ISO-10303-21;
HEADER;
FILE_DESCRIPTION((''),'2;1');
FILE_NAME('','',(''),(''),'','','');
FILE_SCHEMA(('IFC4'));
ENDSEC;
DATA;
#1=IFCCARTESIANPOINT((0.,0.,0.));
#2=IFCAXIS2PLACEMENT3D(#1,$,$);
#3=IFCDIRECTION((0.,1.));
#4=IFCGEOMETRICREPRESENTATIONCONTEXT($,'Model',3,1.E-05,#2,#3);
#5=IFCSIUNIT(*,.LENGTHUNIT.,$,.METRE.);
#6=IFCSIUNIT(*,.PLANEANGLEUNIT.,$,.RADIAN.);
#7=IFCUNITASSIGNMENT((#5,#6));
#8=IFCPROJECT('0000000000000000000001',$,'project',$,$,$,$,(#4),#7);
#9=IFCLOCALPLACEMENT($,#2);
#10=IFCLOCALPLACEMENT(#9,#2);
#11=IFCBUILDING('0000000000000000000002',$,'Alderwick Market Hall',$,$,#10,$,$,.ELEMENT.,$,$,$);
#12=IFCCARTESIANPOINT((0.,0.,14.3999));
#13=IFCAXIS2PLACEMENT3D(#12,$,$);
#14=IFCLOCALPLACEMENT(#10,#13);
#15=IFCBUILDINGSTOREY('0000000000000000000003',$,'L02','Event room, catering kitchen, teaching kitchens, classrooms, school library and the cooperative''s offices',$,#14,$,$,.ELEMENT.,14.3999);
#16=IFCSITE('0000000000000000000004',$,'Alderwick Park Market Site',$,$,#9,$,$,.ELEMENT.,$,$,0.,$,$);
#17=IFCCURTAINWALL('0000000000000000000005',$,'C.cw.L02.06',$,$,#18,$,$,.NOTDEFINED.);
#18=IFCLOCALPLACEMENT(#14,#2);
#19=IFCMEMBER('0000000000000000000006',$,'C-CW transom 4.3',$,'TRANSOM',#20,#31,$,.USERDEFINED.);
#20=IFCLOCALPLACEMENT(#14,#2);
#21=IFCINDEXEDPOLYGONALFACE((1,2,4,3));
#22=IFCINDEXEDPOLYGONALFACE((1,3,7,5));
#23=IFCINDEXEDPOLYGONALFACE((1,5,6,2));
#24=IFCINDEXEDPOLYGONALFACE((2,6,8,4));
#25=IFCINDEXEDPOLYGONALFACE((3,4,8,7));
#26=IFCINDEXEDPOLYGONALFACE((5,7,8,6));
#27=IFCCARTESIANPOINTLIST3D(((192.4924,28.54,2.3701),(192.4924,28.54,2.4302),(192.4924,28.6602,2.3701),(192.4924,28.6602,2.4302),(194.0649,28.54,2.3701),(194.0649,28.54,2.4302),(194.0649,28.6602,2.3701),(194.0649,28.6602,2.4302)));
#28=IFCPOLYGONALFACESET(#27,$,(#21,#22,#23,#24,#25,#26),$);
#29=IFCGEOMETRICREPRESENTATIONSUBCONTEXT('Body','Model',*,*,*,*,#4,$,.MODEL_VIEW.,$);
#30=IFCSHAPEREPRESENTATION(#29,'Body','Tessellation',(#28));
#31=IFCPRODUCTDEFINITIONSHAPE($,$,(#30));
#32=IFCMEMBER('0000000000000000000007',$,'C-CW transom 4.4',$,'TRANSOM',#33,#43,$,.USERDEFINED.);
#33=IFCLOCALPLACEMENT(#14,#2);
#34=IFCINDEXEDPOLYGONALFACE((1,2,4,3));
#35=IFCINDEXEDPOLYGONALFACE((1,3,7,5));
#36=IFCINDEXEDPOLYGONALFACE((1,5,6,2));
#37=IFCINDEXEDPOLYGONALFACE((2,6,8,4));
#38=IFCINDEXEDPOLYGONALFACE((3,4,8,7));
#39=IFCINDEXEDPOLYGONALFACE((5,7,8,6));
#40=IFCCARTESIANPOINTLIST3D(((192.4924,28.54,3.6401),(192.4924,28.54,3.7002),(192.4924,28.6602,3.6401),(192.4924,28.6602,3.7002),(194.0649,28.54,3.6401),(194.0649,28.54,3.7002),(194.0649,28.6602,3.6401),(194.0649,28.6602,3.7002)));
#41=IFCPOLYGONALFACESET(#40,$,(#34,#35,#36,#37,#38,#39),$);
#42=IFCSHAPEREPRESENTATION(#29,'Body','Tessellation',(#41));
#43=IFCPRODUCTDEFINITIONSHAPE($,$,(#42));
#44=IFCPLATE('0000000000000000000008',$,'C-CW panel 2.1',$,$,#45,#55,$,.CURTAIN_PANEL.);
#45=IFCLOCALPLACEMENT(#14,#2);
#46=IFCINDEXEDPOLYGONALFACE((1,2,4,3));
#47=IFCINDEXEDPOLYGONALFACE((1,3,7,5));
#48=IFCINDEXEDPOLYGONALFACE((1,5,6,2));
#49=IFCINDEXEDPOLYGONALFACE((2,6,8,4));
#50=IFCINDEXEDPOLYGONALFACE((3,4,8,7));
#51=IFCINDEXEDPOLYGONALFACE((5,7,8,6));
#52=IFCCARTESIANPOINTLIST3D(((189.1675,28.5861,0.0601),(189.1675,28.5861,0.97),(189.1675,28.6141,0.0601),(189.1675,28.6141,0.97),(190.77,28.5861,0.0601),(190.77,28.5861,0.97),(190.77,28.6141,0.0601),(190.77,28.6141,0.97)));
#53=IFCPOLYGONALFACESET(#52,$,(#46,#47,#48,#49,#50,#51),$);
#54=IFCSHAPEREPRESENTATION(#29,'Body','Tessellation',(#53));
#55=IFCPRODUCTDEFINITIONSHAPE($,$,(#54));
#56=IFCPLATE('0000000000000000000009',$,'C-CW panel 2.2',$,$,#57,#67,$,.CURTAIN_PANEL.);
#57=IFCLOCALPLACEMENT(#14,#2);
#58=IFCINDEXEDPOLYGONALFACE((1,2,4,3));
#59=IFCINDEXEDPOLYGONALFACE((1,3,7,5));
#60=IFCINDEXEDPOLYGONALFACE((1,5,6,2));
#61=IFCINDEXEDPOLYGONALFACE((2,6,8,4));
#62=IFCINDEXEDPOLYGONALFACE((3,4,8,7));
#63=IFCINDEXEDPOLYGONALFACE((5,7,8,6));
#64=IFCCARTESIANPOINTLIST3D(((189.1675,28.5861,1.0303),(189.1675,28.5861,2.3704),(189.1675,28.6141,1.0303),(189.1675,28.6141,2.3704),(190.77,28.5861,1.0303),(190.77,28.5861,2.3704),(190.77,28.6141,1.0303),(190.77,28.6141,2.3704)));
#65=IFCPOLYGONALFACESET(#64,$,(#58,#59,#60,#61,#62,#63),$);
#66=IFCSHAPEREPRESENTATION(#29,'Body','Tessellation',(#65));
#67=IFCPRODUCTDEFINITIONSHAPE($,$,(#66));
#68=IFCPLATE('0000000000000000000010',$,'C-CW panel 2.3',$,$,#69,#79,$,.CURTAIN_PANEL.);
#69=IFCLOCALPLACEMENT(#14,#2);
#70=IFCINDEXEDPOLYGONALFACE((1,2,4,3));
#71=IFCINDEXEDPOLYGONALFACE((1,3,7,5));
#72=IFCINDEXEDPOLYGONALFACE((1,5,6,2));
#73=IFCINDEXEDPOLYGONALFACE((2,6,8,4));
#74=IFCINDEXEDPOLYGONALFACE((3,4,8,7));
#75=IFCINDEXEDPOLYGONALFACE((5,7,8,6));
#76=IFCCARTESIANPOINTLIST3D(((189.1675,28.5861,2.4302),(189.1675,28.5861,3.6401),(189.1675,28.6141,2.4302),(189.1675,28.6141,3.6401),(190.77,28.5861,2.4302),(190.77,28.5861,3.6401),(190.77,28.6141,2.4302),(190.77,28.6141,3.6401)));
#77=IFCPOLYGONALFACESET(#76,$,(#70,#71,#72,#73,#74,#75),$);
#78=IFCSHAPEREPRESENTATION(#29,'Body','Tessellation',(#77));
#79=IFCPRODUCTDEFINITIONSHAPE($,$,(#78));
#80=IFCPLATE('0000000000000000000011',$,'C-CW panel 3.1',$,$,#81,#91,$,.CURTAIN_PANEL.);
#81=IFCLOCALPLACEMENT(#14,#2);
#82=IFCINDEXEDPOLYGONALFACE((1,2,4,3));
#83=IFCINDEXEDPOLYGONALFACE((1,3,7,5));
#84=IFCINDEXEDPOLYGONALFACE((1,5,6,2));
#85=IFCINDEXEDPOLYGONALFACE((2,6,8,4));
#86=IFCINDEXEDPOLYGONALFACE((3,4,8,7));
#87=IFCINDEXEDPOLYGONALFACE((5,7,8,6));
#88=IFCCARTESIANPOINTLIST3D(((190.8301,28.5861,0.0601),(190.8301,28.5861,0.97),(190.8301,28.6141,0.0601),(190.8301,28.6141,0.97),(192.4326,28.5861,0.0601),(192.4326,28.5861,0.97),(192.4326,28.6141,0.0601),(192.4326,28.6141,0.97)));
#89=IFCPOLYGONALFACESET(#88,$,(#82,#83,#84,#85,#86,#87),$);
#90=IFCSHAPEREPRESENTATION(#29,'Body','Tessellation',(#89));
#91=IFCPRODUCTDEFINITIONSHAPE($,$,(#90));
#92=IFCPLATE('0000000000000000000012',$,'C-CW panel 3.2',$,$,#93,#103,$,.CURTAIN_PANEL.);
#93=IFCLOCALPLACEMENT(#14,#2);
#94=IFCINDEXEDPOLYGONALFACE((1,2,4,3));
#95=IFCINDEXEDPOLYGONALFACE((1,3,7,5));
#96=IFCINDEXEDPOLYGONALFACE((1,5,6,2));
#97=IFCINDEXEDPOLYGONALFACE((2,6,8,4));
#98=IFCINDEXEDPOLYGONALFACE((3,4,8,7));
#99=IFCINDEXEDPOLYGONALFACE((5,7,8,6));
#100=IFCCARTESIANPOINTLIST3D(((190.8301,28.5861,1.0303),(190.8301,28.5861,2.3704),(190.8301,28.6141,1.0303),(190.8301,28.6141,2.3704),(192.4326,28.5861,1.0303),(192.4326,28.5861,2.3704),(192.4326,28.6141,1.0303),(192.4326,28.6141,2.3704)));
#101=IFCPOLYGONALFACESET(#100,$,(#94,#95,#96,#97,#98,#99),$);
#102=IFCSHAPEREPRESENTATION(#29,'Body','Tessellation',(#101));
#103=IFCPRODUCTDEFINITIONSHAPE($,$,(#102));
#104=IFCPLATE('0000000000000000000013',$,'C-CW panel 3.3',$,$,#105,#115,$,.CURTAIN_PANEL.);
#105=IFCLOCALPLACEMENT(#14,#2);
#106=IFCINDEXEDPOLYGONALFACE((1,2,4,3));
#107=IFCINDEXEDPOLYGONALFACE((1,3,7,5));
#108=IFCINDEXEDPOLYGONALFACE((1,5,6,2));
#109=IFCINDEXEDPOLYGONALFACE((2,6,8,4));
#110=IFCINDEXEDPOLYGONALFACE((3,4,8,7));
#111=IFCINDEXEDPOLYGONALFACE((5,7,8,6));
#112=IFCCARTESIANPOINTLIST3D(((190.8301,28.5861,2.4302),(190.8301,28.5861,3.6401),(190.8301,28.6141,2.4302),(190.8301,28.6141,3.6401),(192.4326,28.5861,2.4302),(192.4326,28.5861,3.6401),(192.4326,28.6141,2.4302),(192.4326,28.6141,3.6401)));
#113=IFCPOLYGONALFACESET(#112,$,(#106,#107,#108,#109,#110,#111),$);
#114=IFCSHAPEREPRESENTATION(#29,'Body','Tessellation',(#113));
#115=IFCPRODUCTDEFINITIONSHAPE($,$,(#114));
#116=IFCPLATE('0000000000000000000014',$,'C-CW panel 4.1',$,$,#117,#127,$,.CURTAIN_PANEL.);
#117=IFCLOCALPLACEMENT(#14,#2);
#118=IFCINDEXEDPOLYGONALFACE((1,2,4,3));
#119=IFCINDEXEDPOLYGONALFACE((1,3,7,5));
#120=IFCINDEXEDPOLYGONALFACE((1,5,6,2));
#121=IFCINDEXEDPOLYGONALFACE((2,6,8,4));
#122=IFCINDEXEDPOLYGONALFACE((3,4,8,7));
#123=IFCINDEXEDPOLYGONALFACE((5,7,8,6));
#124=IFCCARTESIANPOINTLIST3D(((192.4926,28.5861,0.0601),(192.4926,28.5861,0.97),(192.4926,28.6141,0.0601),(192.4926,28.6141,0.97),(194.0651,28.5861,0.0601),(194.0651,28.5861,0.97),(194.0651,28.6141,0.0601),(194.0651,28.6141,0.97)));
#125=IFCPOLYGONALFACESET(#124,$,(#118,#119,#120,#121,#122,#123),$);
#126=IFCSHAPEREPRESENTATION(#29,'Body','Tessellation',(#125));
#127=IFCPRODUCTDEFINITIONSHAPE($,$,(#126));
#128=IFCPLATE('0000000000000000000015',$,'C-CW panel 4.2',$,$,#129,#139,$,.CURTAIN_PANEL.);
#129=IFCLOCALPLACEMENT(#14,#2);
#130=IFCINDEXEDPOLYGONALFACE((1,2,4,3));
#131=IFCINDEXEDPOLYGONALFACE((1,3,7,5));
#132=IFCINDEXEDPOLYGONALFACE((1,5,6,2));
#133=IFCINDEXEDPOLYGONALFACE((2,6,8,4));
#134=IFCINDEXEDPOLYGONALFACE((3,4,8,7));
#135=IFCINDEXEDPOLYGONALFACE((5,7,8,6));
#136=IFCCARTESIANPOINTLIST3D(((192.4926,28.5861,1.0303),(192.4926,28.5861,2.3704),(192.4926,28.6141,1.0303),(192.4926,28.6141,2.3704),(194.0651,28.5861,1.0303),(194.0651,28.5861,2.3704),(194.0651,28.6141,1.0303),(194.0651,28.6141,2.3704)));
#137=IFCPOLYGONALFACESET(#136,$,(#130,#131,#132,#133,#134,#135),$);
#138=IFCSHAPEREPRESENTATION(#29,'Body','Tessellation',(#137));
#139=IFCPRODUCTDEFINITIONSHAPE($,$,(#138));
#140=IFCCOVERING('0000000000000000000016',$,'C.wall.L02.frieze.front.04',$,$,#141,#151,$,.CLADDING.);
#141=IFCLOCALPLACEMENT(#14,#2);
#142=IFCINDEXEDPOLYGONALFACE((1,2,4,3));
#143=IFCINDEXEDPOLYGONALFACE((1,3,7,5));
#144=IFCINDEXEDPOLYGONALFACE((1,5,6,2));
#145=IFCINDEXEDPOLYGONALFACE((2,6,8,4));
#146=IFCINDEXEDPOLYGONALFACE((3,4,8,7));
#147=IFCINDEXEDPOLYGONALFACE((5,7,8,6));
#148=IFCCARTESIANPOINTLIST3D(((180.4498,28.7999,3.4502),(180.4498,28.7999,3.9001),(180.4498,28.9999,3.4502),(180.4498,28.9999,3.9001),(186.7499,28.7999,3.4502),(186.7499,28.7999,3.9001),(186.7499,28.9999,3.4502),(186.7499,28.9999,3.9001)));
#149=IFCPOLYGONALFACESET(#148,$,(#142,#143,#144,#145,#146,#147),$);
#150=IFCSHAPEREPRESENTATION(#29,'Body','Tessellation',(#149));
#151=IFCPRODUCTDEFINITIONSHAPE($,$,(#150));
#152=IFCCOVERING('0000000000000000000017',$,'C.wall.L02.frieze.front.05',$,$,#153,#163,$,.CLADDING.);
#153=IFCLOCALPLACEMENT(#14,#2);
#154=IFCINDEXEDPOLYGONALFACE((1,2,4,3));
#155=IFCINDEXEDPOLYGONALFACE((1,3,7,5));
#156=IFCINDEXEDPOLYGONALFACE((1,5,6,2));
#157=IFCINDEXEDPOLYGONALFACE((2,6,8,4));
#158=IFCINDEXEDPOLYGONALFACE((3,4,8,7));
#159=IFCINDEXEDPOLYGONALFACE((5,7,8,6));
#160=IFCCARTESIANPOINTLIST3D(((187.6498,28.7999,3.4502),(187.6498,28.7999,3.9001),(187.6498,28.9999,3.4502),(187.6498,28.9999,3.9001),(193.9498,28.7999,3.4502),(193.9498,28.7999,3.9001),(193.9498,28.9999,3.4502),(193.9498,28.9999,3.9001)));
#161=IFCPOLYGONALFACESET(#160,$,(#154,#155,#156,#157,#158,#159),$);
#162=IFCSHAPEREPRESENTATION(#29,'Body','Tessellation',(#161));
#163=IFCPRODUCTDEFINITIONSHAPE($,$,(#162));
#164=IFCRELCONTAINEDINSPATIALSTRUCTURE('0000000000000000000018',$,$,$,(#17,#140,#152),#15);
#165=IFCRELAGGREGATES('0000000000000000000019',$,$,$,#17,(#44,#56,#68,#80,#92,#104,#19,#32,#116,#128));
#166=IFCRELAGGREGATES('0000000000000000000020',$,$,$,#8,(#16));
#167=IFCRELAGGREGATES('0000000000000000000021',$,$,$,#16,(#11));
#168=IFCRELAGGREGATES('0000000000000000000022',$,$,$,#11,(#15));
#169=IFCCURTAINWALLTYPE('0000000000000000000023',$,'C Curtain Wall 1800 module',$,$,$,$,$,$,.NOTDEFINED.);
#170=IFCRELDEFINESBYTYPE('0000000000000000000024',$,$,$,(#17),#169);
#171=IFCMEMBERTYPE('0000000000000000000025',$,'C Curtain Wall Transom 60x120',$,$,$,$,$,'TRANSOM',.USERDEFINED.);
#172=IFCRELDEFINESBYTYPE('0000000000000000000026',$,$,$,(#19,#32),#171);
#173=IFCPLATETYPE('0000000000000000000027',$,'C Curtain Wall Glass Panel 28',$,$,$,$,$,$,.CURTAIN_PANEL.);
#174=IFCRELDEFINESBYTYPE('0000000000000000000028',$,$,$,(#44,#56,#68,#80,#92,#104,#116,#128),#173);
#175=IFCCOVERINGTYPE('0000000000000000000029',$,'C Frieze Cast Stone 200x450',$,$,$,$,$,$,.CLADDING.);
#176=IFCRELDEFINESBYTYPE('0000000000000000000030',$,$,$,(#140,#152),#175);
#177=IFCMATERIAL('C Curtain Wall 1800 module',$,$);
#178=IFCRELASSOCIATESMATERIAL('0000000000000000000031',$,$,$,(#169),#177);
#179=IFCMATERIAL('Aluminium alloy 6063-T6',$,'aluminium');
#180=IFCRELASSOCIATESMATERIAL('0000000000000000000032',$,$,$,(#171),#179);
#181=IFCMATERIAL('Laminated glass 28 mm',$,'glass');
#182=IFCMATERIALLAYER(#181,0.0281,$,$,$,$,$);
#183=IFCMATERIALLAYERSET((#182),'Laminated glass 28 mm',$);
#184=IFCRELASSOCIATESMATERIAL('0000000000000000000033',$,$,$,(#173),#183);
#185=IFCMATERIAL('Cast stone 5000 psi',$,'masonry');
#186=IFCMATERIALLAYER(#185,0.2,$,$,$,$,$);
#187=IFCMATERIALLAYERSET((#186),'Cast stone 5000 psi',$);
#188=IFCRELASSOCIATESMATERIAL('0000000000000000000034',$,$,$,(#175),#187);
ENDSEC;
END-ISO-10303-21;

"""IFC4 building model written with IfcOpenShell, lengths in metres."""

from ifc_helpers import new_model, si_unit, direction, frame, frame_2d, origin, origin_2d, place, context, subcontext, project, spatial, rectangle, extrude, material, layer, layer_set, material_profile, profile_set, type_object, element, aggregate, save


model = new_model("IFC4")

# Units and contexts
model_context = context("Model", 3, precision=1e-05, world=origin(), true_north=direction((0.0, 1.0)))
body_context = subcontext(model_context, "Body", "Model", "MODEL_VIEW")
ifc_project = project(units=[si_unit("LENGTHUNIT", "METRE"), si_unit("PLANEANGLEUNIT", "RADIAN")], contexts=[model_context])

# Site, building, storey
site_placement = place(None, origin())
site = spatial("IfcSite", under=ifc_project, at=site_placement, Name="Alderwick Park Market Site", CompositionType="ELEMENT", RefElevation=0.0)
building_placement = place(site_placement, origin())
building = spatial("IfcBuilding", under=site, at=building_placement, Name="Alderwick Market Hall", CompositionType="ELEMENT")
storey_placement = place(building_placement, frame((0.0, 0.0, 14.3999)))
storey = spatial("IfcBuildingStorey", under=building, at=storey_placement, Name="L02", Description="Event room, catering kitchen, teaching kitchens, classrooms, school library and the cooperative's offices", CompositionType="ELEMENT", Elevation=14.3999)

# Curtain wall, members, plates
ifc_material_1 = material(Name="C Curtain Wall 1800 module")
curtain_wall_type = type_object("IfcCurtainWallType", Name="C Curtain Wall 1800 module", PredefinedType="NOTDEFINED", material=ifc_material_1)
curtain_wall_placement = place(storey_placement, origin())
curtain_wall = element("IfcCurtainWall", 1, at=curtain_wall_placement, inside=storey, type_object=curtain_wall_type, Name="C.cw.L02.06", PredefinedType="NOTDEFINED")
ifc_material_2 = material(Name="Aluminium alloy 6063-T6", Category="aluminium")
ifc_material_profile_1 = material_profile(ifc_material_2, rectangle(XDim=0.1201, YDim=0.0601, at=origin_2d()), Name="AL 60x120")
ifc_profile_set_1 = profile_set([ifc_material_profile_1], Name="Aluminium alloy 6063-T6")
member_type_1 = type_object("IfcMemberType", Name="C Curtain Wall Transom 60x120", ElementType="TRANSOM", PredefinedType="USERDEFINED", material=ifc_profile_set_1)
member_1_placement = place(storey_placement, frame((192.4924, 28.6001, 2.4001), z_axis=(1.0, 0.0, 0.0), x_axis=(0.0, 1.0, 0.0)))
member_1 = element("IfcMember", 2, at=member_1_placement, type_object=member_type_1, Name="C-CW transom 4.3", ObjectType="TRANSOM", PredefinedType="USERDEFINED", context=body_context, shape_type="SweptSolid", body=[
    extrude(rectangle(XDim=0.1201, YDim=0.0601, at=origin_2d()), origin(), (0.0, 0.0, 1.0), 1.5725),
])
member_2_placement = place(storey_placement, frame((192.4924, 28.6001, 3.6702), z_axis=(1.0, 0.0, 0.0), x_axis=(0.0, 1.0, 0.0)))
member_2 = element("IfcMember", 3, at=member_2_placement, type_object=member_type_1, Name="C-CW transom 4.4", ObjectType="TRANSOM", PredefinedType="USERDEFINED", context=body_context, shape_type="SweptSolid", body=[
    extrude(rectangle(XDim=0.1201, YDim=0.0601, at=origin_2d()), origin(), (0.0, 0.0, 1.0), 1.5725),
])
ifc_material_3 = material(Name="Laminated glass 28 mm", Category="glass")
ifc_layer_1 = layer(ifc_material_3, 0.0281)
ifc_layer_set_1 = layer_set([ifc_layer_1], Name="Laminated glass 28 mm")
plate_type = type_object("IfcPlateType", Name="C Curtain Wall Glass Panel 28", PredefinedType="CURTAIN_PANEL", material=ifc_layer_set_1)
plate_1_placement = place(storey_placement, frame((189.9688, 28.6001, 0.0601), z_axis=(0.0, 0.0, 1.0), x_axis=(1.0, 0.0, 0.0)))
plate_1 = element("IfcPlate", 4, at=plate_1_placement, type_object=plate_type, Name="C-CW panel 2.1", PredefinedType="CURTAIN_PANEL", context=body_context, shape_type="SweptSolid", body=[
    extrude(rectangle(XDim=1.6025, YDim=0.0281, at=origin_2d()), origin(), (0.0, 0.0, 1.0), 0.9099),
])
plate_2_placement = place(storey_placement, frame((189.9688, 28.6001, 1.0303), z_axis=(0.0, 0.0, 1.0), x_axis=(1.0, 0.0, 0.0)))
plate_2 = element("IfcPlate", 5, at=plate_2_placement, type_object=plate_type, Name="C-CW panel 2.2", PredefinedType="CURTAIN_PANEL", context=body_context, shape_type="SweptSolid", body=[
    extrude(rectangle(XDim=1.6025, YDim=0.0281, at=origin_2d()), origin(), (0.0, 0.0, 1.0), 1.3401),
])
plate_3_placement = place(storey_placement, frame((189.9688, 28.6001, 2.4302), z_axis=(0.0, 0.0, 1.0), x_axis=(1.0, 0.0, 0.0)))
plate_3 = element("IfcPlate", 6, at=plate_3_placement, type_object=plate_type, Name="C-CW panel 2.3", PredefinedType="CURTAIN_PANEL", context=body_context, shape_type="SweptSolid", body=[
    extrude(rectangle(XDim=1.6025, YDim=0.0281, at=origin_2d()), origin(), (0.0, 0.0, 1.0), 1.21),
])
plate_4_placement = place(storey_placement, frame((191.6313, 28.6001, 0.0601), z_axis=(0.0, 0.0, 1.0), x_axis=(1.0, 0.0, 0.0)))
plate_4 = element("IfcPlate", 7, at=plate_4_placement, type_object=plate_type, Name="C-CW panel 3.1", PredefinedType="CURTAIN_PANEL", context=body_context, shape_type="SweptSolid", body=[
    extrude(rectangle(XDim=1.6025, YDim=0.0281, at=origin_2d()), origin(), (0.0, 0.0, 1.0), 0.9099),
])
plate_5_placement = place(storey_placement, frame((191.6313, 28.6001, 1.0303), z_axis=(0.0, 0.0, 1.0), x_axis=(1.0, 0.0, 0.0)))
plate_5 = element("IfcPlate", 8, at=plate_5_placement, type_object=plate_type, Name="C-CW panel 3.2", PredefinedType="CURTAIN_PANEL", context=body_context, shape_type="SweptSolid", body=[
    extrude(rectangle(XDim=1.6025, YDim=0.0281, at=origin_2d()), origin(), (0.0, 0.0, 1.0), 1.3401),
])
plate_6_placement = place(storey_placement, frame((191.6313, 28.6001, 2.4302), z_axis=(0.0, 0.0, 1.0), x_axis=(1.0, 0.0, 0.0)))
plate_6 = element("IfcPlate", 9, at=plate_6_placement, type_object=plate_type, Name="C-CW panel 3.3", PredefinedType="CURTAIN_PANEL", context=body_context, shape_type="SweptSolid", body=[
    extrude(rectangle(XDim=1.6025, YDim=0.0281, at=origin_2d()), origin(), (0.0, 0.0, 1.0), 1.21),
])
plate_7_placement = place(storey_placement, frame((193.2788, 28.6001, 0.0601), z_axis=(0.0, 0.0, 1.0), x_axis=(1.0, 0.0, 0.0)))
plate_7 = element("IfcPlate", 10, at=plate_7_placement, type_object=plate_type, Name="C-CW panel 4.1", PredefinedType="CURTAIN_PANEL", context=body_context, shape_type="SweptSolid", body=[
    extrude(rectangle(XDim=1.5725, YDim=0.0281, at=origin_2d()), origin(), (0.0, 0.0, 1.0), 0.9099),
])
plate_8_placement = place(storey_placement, frame((193.2788, 28.6001, 1.0303), z_axis=(0.0, 0.0, 1.0), x_axis=(1.0, 0.0, 0.0)))
plate_8 = element("IfcPlate", 11, at=plate_8_placement, type_object=plate_type, Name="C-CW panel 4.2", PredefinedType="CURTAIN_PANEL", context=body_context, shape_type="SweptSolid", body=[
    extrude(rectangle(XDim=1.5725, YDim=0.0281, at=origin_2d()), origin(), (0.0, 0.0, 1.0), 1.3401),
])
aggregate(curtain_wall, [plate_1, plate_2, plate_3, plate_4, plate_5, plate_6, member_1, member_2, plate_7, plate_8])

# Coverings
ifc_material_4 = material(Name="Cast stone 5000 psi", Category="masonry")
ifc_layer_2 = layer(ifc_material_4, 0.2)
ifc_layer_set_2 = layer_set([ifc_layer_2], Name="Cast stone 5000 psi")
covering_type = type_object("IfcCoveringType", Name="C Frieze Cast Stone 200x450", PredefinedType="CLADDING", material=ifc_layer_set_2)
for number, where, z_axis, x_axis, name in (
    (12, (180.45, 28.8999, 3.4502), (0.0, 0.0, 1.0), (1.0, 0.0, 0.0), "C.wall.L02.frieze.front.04"),
    (13, (187.6499, 28.8999, 3.4502), (0.0, 0.0, 1.0), (1.0, 0.0, 0.0), "C.wall.L02.frieze.front.05"),
):
    element("IfcCovering", number, at=place(storey_placement, frame(where, z_axis=z_axis, x_axis=x_axis)), inside=storey, type_object=covering_type, Name=name, PredefinedType="CLADDING", context=body_context, shape_type="SweptSolid", body=[
        extrude(rectangle(XDim=6.3, YDim=0.2, at=frame_2d((3.1499, 0.0))), origin(), (0.0, 0.0, 1.0), 0.45),
    ])

save(model, "model.ifc")
